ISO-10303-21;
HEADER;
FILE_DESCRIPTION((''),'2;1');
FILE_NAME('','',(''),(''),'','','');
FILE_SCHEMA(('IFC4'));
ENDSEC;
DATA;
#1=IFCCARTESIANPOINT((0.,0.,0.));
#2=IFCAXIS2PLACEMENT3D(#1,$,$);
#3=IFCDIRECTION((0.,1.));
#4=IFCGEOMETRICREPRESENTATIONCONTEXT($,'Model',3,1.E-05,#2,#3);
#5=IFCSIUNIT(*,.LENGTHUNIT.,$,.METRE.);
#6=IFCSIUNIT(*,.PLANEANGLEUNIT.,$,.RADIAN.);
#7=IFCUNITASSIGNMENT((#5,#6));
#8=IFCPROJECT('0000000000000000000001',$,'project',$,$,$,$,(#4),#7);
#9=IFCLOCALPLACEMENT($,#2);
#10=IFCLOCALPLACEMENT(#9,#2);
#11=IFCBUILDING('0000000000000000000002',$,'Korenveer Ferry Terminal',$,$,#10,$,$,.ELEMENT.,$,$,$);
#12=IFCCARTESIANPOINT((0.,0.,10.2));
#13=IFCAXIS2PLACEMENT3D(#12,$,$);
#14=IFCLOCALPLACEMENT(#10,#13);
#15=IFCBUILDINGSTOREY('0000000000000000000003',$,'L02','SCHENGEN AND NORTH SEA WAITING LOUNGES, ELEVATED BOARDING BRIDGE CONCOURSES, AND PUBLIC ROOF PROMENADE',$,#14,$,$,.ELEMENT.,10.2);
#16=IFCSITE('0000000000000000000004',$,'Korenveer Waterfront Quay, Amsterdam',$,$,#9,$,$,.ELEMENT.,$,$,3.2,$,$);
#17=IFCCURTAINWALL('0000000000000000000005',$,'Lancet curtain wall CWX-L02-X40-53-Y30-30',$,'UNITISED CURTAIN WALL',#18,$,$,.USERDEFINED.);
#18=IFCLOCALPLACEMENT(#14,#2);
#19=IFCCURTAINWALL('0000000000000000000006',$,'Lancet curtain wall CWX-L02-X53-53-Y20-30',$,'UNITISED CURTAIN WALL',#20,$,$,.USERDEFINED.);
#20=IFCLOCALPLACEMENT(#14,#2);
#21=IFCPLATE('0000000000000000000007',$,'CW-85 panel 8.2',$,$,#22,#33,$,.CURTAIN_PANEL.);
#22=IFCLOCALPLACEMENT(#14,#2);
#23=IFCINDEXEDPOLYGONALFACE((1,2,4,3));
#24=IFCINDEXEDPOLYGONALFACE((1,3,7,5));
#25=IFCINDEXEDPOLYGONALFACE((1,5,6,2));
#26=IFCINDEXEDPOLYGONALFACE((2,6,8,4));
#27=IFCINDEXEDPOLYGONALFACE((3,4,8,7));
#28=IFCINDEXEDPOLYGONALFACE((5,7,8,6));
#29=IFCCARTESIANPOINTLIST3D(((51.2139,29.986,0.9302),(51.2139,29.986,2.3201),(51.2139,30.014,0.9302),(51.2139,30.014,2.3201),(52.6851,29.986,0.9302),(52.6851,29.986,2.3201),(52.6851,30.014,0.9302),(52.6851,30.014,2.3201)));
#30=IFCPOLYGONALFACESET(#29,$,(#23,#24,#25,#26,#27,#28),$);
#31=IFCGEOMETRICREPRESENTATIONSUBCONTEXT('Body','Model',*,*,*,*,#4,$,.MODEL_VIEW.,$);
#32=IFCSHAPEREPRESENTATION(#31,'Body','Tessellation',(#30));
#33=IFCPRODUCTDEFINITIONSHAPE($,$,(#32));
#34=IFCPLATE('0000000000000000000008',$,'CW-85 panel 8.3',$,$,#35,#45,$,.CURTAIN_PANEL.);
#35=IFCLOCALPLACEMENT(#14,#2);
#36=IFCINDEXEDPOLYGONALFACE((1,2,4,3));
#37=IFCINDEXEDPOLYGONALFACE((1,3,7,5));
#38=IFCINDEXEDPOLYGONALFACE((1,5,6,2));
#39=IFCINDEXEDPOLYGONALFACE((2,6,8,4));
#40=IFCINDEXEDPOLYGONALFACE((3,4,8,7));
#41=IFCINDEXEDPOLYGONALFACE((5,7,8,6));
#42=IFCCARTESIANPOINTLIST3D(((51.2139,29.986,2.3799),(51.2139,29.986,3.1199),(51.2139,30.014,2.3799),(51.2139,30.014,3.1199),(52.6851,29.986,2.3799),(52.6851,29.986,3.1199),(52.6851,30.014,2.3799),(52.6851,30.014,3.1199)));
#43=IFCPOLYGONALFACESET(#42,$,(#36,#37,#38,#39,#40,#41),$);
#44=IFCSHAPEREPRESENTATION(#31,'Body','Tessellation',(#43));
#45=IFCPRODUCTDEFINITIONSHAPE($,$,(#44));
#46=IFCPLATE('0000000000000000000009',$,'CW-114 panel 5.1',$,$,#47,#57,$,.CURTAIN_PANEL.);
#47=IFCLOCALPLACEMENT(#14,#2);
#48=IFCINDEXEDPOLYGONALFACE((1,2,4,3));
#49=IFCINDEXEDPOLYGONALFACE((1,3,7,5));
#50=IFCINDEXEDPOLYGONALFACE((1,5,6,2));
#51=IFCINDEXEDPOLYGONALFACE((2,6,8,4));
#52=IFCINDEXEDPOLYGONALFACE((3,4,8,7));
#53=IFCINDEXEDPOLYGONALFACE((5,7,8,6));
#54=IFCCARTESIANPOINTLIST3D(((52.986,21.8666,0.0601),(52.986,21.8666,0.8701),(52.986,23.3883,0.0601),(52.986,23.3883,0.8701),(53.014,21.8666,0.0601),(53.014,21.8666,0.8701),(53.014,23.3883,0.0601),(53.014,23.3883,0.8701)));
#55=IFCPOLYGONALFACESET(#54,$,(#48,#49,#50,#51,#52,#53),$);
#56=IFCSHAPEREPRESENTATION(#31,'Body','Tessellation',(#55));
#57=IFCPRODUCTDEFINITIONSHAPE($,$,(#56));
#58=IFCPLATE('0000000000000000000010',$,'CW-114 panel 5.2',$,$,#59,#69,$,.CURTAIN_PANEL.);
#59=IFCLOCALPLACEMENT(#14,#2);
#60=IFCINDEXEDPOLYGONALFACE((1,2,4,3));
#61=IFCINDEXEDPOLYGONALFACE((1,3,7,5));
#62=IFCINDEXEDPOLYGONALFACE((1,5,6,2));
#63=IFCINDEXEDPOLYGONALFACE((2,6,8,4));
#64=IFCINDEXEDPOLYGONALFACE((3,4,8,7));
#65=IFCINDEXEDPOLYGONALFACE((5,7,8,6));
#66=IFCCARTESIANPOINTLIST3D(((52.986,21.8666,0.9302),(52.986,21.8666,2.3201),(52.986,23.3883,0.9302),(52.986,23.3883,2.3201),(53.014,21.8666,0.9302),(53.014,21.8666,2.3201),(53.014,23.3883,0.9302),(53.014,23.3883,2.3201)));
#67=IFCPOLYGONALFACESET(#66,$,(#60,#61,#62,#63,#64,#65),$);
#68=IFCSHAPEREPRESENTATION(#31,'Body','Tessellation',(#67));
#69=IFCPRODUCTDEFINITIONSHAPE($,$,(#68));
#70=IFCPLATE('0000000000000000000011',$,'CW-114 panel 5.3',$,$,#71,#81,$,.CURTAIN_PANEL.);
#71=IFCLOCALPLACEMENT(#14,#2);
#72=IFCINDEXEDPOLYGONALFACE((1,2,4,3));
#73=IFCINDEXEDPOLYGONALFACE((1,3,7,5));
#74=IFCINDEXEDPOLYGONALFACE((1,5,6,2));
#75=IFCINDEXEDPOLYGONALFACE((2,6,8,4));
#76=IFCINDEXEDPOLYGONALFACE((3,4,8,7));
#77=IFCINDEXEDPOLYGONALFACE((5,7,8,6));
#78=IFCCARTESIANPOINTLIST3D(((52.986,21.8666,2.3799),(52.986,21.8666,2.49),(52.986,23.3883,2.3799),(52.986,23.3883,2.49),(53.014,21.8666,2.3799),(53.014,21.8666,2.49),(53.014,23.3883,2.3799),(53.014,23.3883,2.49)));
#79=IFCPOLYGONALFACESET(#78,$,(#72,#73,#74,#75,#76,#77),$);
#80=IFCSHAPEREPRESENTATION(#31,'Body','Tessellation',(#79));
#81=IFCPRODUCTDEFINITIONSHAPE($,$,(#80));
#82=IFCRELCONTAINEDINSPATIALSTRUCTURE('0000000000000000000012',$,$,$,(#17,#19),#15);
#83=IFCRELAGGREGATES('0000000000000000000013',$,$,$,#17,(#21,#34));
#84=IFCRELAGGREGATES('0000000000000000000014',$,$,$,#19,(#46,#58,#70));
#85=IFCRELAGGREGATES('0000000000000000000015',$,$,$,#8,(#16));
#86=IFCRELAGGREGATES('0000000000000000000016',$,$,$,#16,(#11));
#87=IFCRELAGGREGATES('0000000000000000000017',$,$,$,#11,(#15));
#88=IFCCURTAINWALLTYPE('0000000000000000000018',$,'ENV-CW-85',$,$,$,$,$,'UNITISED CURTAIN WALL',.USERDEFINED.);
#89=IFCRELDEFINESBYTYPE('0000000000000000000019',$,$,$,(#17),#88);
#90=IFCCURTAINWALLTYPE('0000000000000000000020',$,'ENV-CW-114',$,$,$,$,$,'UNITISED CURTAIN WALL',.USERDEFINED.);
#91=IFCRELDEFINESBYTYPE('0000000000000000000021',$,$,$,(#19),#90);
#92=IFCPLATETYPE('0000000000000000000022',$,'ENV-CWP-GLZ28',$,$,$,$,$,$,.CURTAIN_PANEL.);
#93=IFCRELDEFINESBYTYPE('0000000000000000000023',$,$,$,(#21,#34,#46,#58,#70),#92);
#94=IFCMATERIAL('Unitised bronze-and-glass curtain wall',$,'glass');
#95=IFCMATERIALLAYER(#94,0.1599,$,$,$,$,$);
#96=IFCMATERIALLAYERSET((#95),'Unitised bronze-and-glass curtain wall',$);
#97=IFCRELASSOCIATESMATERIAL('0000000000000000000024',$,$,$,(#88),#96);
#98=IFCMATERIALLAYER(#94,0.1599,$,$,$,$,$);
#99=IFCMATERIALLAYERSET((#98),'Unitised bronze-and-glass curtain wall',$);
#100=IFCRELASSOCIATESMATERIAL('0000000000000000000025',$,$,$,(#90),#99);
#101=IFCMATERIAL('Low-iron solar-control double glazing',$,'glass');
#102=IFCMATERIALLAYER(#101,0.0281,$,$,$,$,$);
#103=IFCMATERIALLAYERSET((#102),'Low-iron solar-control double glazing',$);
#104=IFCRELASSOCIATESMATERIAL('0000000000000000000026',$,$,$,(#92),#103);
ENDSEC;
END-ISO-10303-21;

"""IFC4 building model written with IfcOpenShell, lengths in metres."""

from ifc_helpers import new_model, si_unit, direction, frame, origin, origin_2d, place, context, subcontext, project, spatial, rectangle, extrude, material, layer, layer_set, type_object, element, aggregate, save


model = new_model("IFC4")

# Units and contexts
model_context = context("Model", 3, precision=1e-05, world=origin(), true_north=direction((0.0, 1.0)))
body_context = subcontext(model_context, "Body", "Model", "MODEL_VIEW")
ifc_project = project(units=[si_unit("LENGTHUNIT", "METRE"), si_unit("PLANEANGLEUNIT", "RADIAN")], contexts=[model_context])

# Site, building, storey
site_placement = place(None, origin())
site = spatial("IfcSite", under=ifc_project, at=site_placement, Name="Korenveer Waterfront Quay, Amsterdam", CompositionType="ELEMENT", RefElevation=3.2)
building_placement = place(site_placement, origin())
building = spatial("IfcBuilding", under=site, at=building_placement, Name="Korenveer Ferry Terminal", CompositionType="ELEMENT")
storey_placement = place(building_placement, frame((0.0, 0.0, 10.2)))
storey = spatial("IfcBuildingStorey", under=building, at=storey_placement, Name="L02", Description="SCHENGEN AND NORTH SEA WAITING LOUNGES, ELEVATED BOARDING BRIDGE CONCOURSES, AND PUBLIC ROOF PROMENADE", CompositionType="ELEMENT", Elevation=10.2)

# Curtain wall
ifc_material_1 = material(Name="Unitised bronze-and-glass curtain wall", Category="glass")
ifc_layer_1 = layer(ifc_material_1, 0.1599)
ifc_layer_set_1 = layer_set([ifc_layer_1], Name="Unitised bronze-and-glass curtain wall")
curtain_wall_type_1 = type_object("IfcCurtainWallType", Name="ENV-CW-85", ElementType="UNITISED CURTAIN WALL", PredefinedType="USERDEFINED", material=ifc_layer_set_1)
curtain_wall_1_placement = place(storey_placement, frame((40.2549, 30.0, 0.0)))
curtain_wall_1 = element("IfcCurtainWall", 1, at=curtain_wall_1_placement, inside=storey, type_object=curtain_wall_type_1, Name="Lancet curtain wall CWX-L02-X40-53-Y30-30", ObjectType="UNITISED CURTAIN WALL", PredefinedType="USERDEFINED")

# Curtain wall
ifc_layer_2 = layer(ifc_material_1, 0.1599)
ifc_layer_set_2 = layer_set([ifc_layer_2], Name="Unitised bronze-and-glass curtain wall")
curtain_wall_type_2 = type_object("IfcCurtainWallType", Name="ENV-CW-114", ElementType="UNITISED CURTAIN WALL", PredefinedType="USERDEFINED", material=ifc_layer_set_2)
curtain_wall_2_placement = place(storey_placement, frame((53.0, 29.7451, 0.0)))
curtain_wall_2 = element("IfcCurtainWall", 2, at=curtain_wall_2_placement, inside=storey, type_object=curtain_wall_type_2, Name="Lancet curtain wall CWX-L02-X53-53-Y20-30", ObjectType="UNITISED CURTAIN WALL", PredefinedType="USERDEFINED")

# Plates
ifc_material_2 = material(Name="Low-iron solar-control double glazing", Category="glass")
ifc_layer_3 = layer(ifc_material_2, 0.0281)
ifc_layer_set_3 = layer_set([ifc_layer_3], Name="Low-iron solar-control double glazing")
plate_type = type_object("IfcPlateType", Name="ENV-CWP-GLZ28", PredefinedType="CURTAIN_PANEL", material=ifc_layer_set_3)
plate_1_placement = place(storey_placement, frame((51.9495, 30.0, 0.9302), z_axis=(0.0, 0.0, 1.0), x_axis=(1.0, 0.0, 0.0)))
plate_1 = element("IfcPlate", 3, at=plate_1_placement, type_object=plate_type, Name="CW-85 panel 8.2", PredefinedType="CURTAIN_PANEL", context=body_context, shape_type="SweptSolid", body=[
    extrude(rectangle(XDim=1.4712, YDim=0.0281, at=origin_2d()), origin(), (0.0, 0.0, 1.0), 1.3899),
])
plate_2_placement = place(storey_placement, frame((51.9495, 30.0, 2.3799), z_axis=(0.0, 0.0, 1.0), x_axis=(1.0, 0.0, 0.0)))
plate_2 = element("IfcPlate", 4, at=plate_2_placement, type_object=plate_type, Name="CW-85 panel 8.3", PredefinedType="CURTAIN_PANEL", context=body_context, shape_type="SweptSolid", body=[
    extrude(rectangle(XDim=1.4712, YDim=0.0281, at=origin_2d()), origin(), (0.0, 0.0, 1.0), 0.74),
])
aggregate(curtain_wall_1, [plate_1, plate_2])
plate_3_placement = place(storey_placement, frame((53.0, 22.6274, 0.0601), z_axis=(0.0, 0.0, 1.0), x_axis=(0.0, -1.0, 0.0)))
plate_3 = element("IfcPlate", 5, at=plate_3_placement, type_object=plate_type, Name="CW-114 panel 5.1", PredefinedType="CURTAIN_PANEL", context=body_context, shape_type="SweptSolid", body=[
    extrude(rectangle(XDim=1.5217, YDim=0.0281, at=origin_2d()), origin(), (0.0, 0.0, 1.0), 0.8101),
])
plate_4_placement = place(storey_placement, frame((53.0, 22.6274, 0.9302), z_axis=(0.0, 0.0, 1.0), x_axis=(0.0, -1.0, 0.0)))
plate_4 = element("IfcPlate", 6, at=plate_4_placement, type_object=plate_type, Name="CW-114 panel 5.2", PredefinedType="CURTAIN_PANEL", context=body_context, shape_type="SweptSolid", body=[
    extrude(rectangle(XDim=1.5217, YDim=0.0281, at=origin_2d()), origin(), (0.0, 0.0, 1.0), 1.3899),
])
plate_5_placement = place(storey_placement, frame((53.0, 22.6274, 2.3799), z_axis=(0.0, 0.0, 1.0), x_axis=(0.0, -1.0, 0.0)))
plate_5 = element("IfcPlate", 7, at=plate_5_placement, type_object=plate_type, Name="CW-114 panel 5.3", PredefinedType="CURTAIN_PANEL", context=body_context, shape_type="SweptSolid", body=[
    extrude(rectangle(XDim=1.5217, YDim=0.0281, at=origin_2d()), origin(), (0.0, 0.0, 1.0), 0.1101),
])
aggregate(curtain_wall_2, [plate_3, plate_4, plate_5])

save(model, "model.ifc")
